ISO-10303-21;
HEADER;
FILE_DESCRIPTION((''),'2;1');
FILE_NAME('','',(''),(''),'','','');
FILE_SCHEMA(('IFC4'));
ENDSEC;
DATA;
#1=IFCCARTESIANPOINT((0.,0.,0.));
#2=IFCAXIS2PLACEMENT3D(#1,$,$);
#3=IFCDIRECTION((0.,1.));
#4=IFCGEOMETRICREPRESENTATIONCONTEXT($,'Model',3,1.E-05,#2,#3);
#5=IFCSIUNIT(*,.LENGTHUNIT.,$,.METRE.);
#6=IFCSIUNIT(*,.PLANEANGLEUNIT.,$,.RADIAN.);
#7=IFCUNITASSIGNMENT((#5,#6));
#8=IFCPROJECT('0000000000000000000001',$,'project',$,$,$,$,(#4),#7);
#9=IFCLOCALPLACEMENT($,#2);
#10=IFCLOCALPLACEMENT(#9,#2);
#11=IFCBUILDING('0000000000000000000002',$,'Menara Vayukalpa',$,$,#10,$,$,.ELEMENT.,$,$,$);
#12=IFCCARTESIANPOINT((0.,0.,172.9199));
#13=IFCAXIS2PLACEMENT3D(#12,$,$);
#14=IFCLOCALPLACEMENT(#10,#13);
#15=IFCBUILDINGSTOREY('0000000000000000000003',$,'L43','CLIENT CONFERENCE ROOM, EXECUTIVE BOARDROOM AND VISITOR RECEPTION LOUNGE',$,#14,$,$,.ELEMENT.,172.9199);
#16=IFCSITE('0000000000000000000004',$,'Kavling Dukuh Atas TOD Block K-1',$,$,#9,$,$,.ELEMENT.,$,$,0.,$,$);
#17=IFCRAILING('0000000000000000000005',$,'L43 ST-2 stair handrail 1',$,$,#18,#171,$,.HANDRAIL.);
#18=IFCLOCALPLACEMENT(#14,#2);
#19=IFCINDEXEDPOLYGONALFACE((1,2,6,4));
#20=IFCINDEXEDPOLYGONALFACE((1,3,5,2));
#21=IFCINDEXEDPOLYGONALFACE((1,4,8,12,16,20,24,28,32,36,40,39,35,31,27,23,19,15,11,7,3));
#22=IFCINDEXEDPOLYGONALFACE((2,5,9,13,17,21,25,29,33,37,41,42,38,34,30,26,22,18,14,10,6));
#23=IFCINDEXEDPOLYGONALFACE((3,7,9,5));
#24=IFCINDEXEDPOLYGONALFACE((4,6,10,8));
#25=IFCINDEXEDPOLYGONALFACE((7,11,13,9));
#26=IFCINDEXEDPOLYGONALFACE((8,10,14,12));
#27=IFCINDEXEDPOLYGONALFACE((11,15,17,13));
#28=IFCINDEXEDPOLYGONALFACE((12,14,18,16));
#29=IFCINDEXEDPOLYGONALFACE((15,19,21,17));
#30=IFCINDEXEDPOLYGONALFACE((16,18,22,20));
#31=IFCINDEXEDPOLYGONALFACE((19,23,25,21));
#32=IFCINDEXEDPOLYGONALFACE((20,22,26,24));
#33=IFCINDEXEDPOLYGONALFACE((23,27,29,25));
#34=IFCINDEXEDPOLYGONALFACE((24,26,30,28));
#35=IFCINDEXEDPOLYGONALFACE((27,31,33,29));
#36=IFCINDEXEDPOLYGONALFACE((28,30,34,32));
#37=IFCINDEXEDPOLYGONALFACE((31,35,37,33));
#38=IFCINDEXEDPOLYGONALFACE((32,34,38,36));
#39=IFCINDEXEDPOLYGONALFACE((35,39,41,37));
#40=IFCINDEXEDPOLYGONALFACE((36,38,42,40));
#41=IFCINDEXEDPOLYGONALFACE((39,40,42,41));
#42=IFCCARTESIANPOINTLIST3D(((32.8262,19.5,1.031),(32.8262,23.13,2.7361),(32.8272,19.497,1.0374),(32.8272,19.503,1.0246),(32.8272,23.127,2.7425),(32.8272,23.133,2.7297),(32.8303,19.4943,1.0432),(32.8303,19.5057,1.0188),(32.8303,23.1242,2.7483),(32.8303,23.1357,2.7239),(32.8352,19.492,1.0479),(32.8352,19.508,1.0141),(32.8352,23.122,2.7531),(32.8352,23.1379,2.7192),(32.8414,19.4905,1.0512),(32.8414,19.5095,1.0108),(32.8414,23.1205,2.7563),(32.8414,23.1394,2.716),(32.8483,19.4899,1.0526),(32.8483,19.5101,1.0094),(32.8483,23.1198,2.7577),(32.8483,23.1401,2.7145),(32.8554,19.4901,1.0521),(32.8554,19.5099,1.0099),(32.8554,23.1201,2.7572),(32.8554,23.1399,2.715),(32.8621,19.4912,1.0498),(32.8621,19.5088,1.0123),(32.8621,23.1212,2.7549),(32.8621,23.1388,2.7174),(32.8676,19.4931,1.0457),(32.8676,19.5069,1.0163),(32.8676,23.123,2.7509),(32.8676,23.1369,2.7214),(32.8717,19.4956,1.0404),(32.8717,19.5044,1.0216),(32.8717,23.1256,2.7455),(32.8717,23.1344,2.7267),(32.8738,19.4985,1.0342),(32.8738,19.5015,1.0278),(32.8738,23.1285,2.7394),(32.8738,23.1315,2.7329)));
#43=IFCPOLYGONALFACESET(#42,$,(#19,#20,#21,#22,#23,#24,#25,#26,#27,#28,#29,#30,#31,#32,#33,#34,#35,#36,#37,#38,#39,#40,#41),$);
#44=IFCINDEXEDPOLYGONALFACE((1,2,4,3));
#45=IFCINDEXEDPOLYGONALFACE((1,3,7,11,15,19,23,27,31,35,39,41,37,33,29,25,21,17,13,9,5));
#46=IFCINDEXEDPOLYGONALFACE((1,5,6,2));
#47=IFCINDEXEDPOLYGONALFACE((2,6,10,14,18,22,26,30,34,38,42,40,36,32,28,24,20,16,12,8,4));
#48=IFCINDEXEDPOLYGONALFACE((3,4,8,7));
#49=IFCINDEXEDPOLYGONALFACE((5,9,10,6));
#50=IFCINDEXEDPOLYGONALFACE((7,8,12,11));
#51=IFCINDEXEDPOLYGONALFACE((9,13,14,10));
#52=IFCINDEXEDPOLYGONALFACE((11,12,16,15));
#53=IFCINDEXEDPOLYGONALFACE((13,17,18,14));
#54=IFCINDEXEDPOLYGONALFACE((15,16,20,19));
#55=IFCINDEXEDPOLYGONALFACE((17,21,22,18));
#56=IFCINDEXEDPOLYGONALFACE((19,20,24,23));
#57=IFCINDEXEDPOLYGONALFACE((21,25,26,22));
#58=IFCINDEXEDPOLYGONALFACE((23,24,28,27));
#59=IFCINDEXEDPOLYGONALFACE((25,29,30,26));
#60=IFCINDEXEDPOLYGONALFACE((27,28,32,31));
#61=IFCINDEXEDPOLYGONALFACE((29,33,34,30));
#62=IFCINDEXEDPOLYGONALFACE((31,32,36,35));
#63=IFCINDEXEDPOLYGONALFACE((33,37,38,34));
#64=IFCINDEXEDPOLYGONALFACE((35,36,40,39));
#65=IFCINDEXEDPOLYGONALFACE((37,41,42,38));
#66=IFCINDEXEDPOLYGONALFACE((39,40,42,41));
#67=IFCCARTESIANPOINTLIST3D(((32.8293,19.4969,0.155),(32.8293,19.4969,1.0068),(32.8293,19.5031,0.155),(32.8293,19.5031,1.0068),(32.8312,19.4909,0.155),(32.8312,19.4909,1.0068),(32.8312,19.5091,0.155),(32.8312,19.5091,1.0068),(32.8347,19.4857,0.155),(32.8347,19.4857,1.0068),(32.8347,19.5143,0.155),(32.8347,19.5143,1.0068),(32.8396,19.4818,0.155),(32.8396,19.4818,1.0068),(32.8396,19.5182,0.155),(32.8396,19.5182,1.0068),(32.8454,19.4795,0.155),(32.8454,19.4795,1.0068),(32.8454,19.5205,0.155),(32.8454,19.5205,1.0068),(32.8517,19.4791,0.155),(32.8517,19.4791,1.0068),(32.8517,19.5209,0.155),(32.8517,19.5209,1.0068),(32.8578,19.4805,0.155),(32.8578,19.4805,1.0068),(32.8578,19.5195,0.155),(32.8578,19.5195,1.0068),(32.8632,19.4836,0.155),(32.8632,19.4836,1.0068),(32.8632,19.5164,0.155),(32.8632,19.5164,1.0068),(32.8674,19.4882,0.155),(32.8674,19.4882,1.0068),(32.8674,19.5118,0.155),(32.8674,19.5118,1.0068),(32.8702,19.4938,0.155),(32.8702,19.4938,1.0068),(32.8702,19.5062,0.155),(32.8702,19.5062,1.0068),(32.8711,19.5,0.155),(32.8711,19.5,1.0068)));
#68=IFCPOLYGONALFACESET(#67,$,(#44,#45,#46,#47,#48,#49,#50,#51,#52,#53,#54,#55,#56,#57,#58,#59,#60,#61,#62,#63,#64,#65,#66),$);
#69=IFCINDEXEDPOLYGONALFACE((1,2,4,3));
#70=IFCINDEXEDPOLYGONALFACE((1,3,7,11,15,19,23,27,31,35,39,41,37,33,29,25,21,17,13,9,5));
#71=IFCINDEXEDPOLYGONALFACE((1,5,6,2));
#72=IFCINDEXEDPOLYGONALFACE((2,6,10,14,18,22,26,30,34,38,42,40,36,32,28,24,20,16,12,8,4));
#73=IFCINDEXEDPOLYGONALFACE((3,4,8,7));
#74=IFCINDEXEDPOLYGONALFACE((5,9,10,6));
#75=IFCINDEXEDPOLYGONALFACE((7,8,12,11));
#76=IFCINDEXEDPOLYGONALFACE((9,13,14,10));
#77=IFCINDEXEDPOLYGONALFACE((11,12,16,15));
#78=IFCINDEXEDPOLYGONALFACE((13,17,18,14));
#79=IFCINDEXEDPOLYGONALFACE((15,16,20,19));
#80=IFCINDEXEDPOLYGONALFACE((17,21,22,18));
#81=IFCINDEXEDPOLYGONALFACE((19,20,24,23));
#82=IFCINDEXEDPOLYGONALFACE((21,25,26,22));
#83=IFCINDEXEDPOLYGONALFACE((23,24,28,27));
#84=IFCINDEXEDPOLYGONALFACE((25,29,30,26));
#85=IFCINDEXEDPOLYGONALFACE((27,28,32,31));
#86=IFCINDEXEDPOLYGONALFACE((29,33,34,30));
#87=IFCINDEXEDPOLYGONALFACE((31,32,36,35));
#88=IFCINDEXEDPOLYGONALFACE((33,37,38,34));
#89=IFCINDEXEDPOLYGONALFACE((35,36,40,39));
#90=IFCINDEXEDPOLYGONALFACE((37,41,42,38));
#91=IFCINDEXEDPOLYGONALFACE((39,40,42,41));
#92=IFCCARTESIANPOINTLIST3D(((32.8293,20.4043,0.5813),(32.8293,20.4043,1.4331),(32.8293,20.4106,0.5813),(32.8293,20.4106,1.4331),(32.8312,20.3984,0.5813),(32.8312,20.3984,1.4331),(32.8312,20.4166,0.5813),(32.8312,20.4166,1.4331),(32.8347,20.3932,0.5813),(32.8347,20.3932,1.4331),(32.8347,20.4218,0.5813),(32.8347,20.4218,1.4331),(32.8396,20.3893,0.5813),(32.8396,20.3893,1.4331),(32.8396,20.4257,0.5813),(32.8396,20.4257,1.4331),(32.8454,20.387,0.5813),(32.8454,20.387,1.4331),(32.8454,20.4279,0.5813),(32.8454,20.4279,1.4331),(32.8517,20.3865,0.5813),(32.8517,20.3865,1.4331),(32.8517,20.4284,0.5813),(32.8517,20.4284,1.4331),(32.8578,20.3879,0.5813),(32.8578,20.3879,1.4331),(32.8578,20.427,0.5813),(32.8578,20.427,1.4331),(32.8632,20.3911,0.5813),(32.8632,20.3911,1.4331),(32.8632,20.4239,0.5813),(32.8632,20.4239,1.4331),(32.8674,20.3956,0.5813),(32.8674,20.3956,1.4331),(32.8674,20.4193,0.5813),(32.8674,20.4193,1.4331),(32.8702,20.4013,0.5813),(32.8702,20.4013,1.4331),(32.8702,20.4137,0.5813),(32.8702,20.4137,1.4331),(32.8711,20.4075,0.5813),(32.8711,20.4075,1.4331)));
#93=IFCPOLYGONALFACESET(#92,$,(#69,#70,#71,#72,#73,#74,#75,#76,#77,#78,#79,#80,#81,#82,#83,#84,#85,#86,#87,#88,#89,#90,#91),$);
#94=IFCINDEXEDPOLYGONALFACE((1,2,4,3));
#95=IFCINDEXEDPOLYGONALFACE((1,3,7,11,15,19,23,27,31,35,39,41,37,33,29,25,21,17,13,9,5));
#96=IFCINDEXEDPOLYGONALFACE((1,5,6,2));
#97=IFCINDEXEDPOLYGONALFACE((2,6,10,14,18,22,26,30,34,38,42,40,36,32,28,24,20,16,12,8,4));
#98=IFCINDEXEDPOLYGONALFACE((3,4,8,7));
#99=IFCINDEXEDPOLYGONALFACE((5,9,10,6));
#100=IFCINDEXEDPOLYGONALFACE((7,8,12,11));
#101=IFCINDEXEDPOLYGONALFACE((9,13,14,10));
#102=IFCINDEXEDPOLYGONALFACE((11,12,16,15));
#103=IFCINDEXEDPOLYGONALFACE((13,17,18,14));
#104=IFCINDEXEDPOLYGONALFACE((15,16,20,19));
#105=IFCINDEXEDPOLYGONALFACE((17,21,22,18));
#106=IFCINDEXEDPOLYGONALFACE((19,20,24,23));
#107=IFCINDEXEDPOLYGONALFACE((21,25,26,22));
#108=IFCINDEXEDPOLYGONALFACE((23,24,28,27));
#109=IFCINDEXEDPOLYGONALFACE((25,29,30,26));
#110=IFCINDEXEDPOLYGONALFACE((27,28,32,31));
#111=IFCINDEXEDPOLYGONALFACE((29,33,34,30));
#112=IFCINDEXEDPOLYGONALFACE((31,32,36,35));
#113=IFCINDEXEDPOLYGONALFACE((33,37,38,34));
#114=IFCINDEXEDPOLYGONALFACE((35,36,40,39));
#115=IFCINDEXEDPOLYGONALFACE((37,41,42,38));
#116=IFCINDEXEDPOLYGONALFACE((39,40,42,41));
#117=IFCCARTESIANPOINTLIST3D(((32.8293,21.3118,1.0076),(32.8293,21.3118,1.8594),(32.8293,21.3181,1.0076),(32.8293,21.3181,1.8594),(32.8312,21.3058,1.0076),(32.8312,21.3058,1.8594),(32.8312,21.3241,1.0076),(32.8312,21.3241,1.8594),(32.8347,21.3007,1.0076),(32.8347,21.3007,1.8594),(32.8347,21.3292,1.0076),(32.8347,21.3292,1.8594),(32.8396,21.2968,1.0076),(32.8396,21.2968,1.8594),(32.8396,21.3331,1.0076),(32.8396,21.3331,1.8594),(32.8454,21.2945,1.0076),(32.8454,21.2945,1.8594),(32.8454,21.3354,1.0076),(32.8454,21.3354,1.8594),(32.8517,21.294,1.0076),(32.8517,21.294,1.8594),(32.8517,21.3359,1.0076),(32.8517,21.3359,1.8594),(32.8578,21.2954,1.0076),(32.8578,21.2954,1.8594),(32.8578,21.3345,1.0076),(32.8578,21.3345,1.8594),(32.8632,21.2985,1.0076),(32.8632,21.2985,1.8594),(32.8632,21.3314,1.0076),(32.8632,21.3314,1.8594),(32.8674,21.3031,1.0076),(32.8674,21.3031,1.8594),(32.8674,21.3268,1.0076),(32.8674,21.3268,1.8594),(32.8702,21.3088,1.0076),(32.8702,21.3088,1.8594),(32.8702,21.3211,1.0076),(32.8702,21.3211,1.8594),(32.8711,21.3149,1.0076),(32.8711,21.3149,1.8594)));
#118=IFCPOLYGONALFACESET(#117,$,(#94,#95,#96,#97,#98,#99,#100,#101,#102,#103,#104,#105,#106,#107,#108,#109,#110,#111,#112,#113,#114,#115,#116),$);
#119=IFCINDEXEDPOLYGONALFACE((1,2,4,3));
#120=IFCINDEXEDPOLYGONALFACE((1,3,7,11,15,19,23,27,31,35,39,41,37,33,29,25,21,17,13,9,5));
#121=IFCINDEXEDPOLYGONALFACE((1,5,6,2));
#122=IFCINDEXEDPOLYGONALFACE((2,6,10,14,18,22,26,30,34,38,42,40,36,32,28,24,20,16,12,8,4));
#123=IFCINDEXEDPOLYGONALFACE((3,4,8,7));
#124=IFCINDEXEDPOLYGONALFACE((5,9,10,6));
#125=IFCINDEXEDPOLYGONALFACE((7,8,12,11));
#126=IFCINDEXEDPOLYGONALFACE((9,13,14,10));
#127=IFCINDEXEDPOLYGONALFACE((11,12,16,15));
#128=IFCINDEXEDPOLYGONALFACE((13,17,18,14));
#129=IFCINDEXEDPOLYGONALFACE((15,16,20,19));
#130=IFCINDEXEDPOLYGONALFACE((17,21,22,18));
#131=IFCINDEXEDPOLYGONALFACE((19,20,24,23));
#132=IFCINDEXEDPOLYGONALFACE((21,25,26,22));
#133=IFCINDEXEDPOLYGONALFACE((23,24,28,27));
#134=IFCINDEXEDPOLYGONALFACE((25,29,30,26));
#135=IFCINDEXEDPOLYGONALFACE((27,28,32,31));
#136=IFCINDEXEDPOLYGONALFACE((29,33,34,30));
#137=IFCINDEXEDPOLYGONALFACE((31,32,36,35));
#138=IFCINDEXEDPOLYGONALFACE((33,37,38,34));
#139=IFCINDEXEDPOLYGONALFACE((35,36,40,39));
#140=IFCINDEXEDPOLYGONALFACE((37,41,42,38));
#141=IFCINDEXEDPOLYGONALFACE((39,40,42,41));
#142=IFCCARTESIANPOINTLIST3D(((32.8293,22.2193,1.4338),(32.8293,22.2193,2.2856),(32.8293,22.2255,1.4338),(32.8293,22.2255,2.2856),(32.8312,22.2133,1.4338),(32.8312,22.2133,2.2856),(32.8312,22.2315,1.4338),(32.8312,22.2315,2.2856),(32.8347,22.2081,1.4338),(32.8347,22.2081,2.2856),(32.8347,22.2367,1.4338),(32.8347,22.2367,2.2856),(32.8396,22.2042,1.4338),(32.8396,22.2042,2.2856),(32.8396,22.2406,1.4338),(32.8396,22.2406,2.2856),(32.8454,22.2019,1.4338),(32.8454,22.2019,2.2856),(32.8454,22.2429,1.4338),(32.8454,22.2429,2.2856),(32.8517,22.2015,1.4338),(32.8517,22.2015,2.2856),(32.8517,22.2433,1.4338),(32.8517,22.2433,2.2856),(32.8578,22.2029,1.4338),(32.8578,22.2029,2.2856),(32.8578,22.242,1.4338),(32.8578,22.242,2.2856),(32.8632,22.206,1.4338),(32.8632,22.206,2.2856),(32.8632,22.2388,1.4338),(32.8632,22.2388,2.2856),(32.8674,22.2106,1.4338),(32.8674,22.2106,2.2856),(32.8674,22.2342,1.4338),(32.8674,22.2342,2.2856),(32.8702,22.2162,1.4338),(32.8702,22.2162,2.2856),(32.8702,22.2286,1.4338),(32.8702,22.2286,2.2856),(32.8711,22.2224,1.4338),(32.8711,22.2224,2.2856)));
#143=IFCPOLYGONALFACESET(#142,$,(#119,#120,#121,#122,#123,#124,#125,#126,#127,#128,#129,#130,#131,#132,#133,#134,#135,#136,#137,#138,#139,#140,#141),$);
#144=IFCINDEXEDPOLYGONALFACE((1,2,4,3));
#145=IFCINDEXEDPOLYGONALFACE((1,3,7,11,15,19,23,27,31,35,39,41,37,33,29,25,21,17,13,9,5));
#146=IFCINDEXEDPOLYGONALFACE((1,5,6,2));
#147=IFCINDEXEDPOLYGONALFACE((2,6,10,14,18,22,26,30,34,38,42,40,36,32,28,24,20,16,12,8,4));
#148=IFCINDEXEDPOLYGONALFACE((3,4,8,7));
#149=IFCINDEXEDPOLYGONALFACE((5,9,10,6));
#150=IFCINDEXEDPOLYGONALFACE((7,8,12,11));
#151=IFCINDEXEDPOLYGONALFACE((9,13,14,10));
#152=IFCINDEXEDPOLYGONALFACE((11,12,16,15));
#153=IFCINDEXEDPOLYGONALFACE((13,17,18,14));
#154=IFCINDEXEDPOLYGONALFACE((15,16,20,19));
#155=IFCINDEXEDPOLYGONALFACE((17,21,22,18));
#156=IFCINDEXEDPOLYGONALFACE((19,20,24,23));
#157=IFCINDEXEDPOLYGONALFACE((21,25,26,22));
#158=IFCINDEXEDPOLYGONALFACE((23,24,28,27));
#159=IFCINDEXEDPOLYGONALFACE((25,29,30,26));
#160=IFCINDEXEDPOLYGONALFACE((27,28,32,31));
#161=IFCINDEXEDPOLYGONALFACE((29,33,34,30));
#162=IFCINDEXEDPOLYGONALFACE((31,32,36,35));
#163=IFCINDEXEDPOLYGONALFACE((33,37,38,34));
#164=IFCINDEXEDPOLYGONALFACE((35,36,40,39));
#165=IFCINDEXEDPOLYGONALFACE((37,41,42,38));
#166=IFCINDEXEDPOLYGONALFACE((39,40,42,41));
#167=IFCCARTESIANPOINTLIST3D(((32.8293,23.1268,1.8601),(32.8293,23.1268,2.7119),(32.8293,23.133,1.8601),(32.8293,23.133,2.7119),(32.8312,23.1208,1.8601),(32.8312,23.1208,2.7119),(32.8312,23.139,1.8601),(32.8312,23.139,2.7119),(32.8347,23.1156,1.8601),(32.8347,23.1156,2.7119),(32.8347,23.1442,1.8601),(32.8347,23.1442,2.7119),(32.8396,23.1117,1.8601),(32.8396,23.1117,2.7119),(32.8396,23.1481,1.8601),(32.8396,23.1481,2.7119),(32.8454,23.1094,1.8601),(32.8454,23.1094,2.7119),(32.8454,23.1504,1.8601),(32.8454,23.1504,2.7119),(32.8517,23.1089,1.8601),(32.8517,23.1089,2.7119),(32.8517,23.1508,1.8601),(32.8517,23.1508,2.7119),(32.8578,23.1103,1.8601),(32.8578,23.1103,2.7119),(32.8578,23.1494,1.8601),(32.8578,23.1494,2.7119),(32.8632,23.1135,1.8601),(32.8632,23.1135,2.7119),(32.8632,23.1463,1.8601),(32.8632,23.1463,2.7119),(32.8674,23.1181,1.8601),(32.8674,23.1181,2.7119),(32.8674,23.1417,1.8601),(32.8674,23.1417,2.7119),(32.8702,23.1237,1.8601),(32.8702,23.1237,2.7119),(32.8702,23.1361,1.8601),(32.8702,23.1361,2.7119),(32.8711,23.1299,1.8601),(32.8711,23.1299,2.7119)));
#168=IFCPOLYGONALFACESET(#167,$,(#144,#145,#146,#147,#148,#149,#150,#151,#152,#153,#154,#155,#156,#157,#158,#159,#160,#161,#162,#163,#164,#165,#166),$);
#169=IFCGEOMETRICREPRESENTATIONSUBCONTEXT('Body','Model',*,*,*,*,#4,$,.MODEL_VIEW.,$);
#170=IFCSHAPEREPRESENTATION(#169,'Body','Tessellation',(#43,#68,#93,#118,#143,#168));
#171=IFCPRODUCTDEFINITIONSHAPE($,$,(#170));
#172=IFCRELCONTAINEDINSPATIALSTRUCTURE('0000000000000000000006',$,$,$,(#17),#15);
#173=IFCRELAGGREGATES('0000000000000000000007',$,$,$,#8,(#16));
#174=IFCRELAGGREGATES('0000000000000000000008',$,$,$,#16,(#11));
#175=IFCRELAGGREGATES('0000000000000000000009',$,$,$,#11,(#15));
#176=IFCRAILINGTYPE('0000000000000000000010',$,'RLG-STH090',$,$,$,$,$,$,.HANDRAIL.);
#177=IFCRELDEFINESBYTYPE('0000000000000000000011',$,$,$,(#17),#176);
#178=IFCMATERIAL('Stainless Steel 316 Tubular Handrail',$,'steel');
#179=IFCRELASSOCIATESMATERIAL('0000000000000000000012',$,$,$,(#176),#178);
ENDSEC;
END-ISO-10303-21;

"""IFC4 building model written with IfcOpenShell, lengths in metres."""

from ifc_helpers import new_model, si_unit, direction, frame, origin, origin_2d, place, context, subcontext, project, spatial, circle, extrude, material, type_object, element, save


model = new_model("IFC4")

# Units and contexts
model_context = context("Model", 3, precision=1e-05, world=origin(), true_north=direction((0.0, 1.0)))
body_context = subcontext(model_context, "Body", "Model", "MODEL_VIEW")
ifc_project = project(units=[si_unit("LENGTHUNIT", "METRE"), si_unit("PLANEANGLEUNIT", "RADIAN")], contexts=[model_context])

# Site, building, storey
site_placement = place(None, origin())
site = spatial("IfcSite", under=ifc_project, at=site_placement, Name="Kavling Dukuh Atas TOD Block K-1", CompositionType="ELEMENT", RefElevation=0.0)
building_placement = place(site_placement, origin())
building = spatial("IfcBuilding", under=site, at=building_placement, Name="Menara Vayukalpa", CompositionType="ELEMENT")
storey_placement = place(building_placement, frame((0.0, 0.0, 172.9199)))
storey = spatial("IfcBuildingStorey", under=building, at=storey_placement, Name="L43", Description="CLIENT CONFERENCE ROOM, EXECUTIVE BOARDROOM AND VISITOR RECEPTION LOUNGE", CompositionType="ELEMENT", Elevation=172.9199)

# Railing
ifc_material_1 = material(Name="Stainless Steel 316 Tubular Handrail", Category="steel")
railing_type_1 = type_object("IfcRailingType", Name="RLG-STH090", PredefinedType="HANDRAIL", material=ifc_material_1)
railing_1_placement = place(storey_placement, frame((32.8501, 19.5, 0.155)))
element("IfcRailing", 1, at=railing_1_placement, inside=storey, type_object=railing_type_1, Name="L43 ST-2 stair handrail 1", PredefinedType="HANDRAIL", context=body_context, shape_type="SweptSolid", body=[
    extrude(circle(Radius=0.0239, at=origin_2d()), frame((0.0, 0.0, 0.876), z_axis=(0.0, 0.905116, 0.425164), x_axis=(-1.0, 0.0, 0.0)), (0.0, 0.0, 1.0), 4.0105),
    extrude(circle(Radius=0.021, at=origin_2d()), origin(), (0.0, 0.0, 1.0), 0.8518),
    extrude(circle(Radius=0.021, at=origin_2d()), frame((0.0, 0.9075, 0.4263)), (0.0, 0.0, 1.0), 0.8518),
    extrude(circle(Radius=0.021, at=origin_2d()), frame((0.0, 1.8149, 0.8525)), (0.0, 0.0, 1.0), 0.8518),
    extrude(circle(Radius=0.021, at=origin_2d()), frame((0.0, 2.7224, 1.2788)), (0.0, 0.0, 1.0), 0.8518),
    extrude(circle(Radius=0.021, at=origin_2d()), frame((0.0, 3.6299, 1.7051)), (0.0, 0.0, 1.0), 0.8518),
])

save(model, "model.ifc")
